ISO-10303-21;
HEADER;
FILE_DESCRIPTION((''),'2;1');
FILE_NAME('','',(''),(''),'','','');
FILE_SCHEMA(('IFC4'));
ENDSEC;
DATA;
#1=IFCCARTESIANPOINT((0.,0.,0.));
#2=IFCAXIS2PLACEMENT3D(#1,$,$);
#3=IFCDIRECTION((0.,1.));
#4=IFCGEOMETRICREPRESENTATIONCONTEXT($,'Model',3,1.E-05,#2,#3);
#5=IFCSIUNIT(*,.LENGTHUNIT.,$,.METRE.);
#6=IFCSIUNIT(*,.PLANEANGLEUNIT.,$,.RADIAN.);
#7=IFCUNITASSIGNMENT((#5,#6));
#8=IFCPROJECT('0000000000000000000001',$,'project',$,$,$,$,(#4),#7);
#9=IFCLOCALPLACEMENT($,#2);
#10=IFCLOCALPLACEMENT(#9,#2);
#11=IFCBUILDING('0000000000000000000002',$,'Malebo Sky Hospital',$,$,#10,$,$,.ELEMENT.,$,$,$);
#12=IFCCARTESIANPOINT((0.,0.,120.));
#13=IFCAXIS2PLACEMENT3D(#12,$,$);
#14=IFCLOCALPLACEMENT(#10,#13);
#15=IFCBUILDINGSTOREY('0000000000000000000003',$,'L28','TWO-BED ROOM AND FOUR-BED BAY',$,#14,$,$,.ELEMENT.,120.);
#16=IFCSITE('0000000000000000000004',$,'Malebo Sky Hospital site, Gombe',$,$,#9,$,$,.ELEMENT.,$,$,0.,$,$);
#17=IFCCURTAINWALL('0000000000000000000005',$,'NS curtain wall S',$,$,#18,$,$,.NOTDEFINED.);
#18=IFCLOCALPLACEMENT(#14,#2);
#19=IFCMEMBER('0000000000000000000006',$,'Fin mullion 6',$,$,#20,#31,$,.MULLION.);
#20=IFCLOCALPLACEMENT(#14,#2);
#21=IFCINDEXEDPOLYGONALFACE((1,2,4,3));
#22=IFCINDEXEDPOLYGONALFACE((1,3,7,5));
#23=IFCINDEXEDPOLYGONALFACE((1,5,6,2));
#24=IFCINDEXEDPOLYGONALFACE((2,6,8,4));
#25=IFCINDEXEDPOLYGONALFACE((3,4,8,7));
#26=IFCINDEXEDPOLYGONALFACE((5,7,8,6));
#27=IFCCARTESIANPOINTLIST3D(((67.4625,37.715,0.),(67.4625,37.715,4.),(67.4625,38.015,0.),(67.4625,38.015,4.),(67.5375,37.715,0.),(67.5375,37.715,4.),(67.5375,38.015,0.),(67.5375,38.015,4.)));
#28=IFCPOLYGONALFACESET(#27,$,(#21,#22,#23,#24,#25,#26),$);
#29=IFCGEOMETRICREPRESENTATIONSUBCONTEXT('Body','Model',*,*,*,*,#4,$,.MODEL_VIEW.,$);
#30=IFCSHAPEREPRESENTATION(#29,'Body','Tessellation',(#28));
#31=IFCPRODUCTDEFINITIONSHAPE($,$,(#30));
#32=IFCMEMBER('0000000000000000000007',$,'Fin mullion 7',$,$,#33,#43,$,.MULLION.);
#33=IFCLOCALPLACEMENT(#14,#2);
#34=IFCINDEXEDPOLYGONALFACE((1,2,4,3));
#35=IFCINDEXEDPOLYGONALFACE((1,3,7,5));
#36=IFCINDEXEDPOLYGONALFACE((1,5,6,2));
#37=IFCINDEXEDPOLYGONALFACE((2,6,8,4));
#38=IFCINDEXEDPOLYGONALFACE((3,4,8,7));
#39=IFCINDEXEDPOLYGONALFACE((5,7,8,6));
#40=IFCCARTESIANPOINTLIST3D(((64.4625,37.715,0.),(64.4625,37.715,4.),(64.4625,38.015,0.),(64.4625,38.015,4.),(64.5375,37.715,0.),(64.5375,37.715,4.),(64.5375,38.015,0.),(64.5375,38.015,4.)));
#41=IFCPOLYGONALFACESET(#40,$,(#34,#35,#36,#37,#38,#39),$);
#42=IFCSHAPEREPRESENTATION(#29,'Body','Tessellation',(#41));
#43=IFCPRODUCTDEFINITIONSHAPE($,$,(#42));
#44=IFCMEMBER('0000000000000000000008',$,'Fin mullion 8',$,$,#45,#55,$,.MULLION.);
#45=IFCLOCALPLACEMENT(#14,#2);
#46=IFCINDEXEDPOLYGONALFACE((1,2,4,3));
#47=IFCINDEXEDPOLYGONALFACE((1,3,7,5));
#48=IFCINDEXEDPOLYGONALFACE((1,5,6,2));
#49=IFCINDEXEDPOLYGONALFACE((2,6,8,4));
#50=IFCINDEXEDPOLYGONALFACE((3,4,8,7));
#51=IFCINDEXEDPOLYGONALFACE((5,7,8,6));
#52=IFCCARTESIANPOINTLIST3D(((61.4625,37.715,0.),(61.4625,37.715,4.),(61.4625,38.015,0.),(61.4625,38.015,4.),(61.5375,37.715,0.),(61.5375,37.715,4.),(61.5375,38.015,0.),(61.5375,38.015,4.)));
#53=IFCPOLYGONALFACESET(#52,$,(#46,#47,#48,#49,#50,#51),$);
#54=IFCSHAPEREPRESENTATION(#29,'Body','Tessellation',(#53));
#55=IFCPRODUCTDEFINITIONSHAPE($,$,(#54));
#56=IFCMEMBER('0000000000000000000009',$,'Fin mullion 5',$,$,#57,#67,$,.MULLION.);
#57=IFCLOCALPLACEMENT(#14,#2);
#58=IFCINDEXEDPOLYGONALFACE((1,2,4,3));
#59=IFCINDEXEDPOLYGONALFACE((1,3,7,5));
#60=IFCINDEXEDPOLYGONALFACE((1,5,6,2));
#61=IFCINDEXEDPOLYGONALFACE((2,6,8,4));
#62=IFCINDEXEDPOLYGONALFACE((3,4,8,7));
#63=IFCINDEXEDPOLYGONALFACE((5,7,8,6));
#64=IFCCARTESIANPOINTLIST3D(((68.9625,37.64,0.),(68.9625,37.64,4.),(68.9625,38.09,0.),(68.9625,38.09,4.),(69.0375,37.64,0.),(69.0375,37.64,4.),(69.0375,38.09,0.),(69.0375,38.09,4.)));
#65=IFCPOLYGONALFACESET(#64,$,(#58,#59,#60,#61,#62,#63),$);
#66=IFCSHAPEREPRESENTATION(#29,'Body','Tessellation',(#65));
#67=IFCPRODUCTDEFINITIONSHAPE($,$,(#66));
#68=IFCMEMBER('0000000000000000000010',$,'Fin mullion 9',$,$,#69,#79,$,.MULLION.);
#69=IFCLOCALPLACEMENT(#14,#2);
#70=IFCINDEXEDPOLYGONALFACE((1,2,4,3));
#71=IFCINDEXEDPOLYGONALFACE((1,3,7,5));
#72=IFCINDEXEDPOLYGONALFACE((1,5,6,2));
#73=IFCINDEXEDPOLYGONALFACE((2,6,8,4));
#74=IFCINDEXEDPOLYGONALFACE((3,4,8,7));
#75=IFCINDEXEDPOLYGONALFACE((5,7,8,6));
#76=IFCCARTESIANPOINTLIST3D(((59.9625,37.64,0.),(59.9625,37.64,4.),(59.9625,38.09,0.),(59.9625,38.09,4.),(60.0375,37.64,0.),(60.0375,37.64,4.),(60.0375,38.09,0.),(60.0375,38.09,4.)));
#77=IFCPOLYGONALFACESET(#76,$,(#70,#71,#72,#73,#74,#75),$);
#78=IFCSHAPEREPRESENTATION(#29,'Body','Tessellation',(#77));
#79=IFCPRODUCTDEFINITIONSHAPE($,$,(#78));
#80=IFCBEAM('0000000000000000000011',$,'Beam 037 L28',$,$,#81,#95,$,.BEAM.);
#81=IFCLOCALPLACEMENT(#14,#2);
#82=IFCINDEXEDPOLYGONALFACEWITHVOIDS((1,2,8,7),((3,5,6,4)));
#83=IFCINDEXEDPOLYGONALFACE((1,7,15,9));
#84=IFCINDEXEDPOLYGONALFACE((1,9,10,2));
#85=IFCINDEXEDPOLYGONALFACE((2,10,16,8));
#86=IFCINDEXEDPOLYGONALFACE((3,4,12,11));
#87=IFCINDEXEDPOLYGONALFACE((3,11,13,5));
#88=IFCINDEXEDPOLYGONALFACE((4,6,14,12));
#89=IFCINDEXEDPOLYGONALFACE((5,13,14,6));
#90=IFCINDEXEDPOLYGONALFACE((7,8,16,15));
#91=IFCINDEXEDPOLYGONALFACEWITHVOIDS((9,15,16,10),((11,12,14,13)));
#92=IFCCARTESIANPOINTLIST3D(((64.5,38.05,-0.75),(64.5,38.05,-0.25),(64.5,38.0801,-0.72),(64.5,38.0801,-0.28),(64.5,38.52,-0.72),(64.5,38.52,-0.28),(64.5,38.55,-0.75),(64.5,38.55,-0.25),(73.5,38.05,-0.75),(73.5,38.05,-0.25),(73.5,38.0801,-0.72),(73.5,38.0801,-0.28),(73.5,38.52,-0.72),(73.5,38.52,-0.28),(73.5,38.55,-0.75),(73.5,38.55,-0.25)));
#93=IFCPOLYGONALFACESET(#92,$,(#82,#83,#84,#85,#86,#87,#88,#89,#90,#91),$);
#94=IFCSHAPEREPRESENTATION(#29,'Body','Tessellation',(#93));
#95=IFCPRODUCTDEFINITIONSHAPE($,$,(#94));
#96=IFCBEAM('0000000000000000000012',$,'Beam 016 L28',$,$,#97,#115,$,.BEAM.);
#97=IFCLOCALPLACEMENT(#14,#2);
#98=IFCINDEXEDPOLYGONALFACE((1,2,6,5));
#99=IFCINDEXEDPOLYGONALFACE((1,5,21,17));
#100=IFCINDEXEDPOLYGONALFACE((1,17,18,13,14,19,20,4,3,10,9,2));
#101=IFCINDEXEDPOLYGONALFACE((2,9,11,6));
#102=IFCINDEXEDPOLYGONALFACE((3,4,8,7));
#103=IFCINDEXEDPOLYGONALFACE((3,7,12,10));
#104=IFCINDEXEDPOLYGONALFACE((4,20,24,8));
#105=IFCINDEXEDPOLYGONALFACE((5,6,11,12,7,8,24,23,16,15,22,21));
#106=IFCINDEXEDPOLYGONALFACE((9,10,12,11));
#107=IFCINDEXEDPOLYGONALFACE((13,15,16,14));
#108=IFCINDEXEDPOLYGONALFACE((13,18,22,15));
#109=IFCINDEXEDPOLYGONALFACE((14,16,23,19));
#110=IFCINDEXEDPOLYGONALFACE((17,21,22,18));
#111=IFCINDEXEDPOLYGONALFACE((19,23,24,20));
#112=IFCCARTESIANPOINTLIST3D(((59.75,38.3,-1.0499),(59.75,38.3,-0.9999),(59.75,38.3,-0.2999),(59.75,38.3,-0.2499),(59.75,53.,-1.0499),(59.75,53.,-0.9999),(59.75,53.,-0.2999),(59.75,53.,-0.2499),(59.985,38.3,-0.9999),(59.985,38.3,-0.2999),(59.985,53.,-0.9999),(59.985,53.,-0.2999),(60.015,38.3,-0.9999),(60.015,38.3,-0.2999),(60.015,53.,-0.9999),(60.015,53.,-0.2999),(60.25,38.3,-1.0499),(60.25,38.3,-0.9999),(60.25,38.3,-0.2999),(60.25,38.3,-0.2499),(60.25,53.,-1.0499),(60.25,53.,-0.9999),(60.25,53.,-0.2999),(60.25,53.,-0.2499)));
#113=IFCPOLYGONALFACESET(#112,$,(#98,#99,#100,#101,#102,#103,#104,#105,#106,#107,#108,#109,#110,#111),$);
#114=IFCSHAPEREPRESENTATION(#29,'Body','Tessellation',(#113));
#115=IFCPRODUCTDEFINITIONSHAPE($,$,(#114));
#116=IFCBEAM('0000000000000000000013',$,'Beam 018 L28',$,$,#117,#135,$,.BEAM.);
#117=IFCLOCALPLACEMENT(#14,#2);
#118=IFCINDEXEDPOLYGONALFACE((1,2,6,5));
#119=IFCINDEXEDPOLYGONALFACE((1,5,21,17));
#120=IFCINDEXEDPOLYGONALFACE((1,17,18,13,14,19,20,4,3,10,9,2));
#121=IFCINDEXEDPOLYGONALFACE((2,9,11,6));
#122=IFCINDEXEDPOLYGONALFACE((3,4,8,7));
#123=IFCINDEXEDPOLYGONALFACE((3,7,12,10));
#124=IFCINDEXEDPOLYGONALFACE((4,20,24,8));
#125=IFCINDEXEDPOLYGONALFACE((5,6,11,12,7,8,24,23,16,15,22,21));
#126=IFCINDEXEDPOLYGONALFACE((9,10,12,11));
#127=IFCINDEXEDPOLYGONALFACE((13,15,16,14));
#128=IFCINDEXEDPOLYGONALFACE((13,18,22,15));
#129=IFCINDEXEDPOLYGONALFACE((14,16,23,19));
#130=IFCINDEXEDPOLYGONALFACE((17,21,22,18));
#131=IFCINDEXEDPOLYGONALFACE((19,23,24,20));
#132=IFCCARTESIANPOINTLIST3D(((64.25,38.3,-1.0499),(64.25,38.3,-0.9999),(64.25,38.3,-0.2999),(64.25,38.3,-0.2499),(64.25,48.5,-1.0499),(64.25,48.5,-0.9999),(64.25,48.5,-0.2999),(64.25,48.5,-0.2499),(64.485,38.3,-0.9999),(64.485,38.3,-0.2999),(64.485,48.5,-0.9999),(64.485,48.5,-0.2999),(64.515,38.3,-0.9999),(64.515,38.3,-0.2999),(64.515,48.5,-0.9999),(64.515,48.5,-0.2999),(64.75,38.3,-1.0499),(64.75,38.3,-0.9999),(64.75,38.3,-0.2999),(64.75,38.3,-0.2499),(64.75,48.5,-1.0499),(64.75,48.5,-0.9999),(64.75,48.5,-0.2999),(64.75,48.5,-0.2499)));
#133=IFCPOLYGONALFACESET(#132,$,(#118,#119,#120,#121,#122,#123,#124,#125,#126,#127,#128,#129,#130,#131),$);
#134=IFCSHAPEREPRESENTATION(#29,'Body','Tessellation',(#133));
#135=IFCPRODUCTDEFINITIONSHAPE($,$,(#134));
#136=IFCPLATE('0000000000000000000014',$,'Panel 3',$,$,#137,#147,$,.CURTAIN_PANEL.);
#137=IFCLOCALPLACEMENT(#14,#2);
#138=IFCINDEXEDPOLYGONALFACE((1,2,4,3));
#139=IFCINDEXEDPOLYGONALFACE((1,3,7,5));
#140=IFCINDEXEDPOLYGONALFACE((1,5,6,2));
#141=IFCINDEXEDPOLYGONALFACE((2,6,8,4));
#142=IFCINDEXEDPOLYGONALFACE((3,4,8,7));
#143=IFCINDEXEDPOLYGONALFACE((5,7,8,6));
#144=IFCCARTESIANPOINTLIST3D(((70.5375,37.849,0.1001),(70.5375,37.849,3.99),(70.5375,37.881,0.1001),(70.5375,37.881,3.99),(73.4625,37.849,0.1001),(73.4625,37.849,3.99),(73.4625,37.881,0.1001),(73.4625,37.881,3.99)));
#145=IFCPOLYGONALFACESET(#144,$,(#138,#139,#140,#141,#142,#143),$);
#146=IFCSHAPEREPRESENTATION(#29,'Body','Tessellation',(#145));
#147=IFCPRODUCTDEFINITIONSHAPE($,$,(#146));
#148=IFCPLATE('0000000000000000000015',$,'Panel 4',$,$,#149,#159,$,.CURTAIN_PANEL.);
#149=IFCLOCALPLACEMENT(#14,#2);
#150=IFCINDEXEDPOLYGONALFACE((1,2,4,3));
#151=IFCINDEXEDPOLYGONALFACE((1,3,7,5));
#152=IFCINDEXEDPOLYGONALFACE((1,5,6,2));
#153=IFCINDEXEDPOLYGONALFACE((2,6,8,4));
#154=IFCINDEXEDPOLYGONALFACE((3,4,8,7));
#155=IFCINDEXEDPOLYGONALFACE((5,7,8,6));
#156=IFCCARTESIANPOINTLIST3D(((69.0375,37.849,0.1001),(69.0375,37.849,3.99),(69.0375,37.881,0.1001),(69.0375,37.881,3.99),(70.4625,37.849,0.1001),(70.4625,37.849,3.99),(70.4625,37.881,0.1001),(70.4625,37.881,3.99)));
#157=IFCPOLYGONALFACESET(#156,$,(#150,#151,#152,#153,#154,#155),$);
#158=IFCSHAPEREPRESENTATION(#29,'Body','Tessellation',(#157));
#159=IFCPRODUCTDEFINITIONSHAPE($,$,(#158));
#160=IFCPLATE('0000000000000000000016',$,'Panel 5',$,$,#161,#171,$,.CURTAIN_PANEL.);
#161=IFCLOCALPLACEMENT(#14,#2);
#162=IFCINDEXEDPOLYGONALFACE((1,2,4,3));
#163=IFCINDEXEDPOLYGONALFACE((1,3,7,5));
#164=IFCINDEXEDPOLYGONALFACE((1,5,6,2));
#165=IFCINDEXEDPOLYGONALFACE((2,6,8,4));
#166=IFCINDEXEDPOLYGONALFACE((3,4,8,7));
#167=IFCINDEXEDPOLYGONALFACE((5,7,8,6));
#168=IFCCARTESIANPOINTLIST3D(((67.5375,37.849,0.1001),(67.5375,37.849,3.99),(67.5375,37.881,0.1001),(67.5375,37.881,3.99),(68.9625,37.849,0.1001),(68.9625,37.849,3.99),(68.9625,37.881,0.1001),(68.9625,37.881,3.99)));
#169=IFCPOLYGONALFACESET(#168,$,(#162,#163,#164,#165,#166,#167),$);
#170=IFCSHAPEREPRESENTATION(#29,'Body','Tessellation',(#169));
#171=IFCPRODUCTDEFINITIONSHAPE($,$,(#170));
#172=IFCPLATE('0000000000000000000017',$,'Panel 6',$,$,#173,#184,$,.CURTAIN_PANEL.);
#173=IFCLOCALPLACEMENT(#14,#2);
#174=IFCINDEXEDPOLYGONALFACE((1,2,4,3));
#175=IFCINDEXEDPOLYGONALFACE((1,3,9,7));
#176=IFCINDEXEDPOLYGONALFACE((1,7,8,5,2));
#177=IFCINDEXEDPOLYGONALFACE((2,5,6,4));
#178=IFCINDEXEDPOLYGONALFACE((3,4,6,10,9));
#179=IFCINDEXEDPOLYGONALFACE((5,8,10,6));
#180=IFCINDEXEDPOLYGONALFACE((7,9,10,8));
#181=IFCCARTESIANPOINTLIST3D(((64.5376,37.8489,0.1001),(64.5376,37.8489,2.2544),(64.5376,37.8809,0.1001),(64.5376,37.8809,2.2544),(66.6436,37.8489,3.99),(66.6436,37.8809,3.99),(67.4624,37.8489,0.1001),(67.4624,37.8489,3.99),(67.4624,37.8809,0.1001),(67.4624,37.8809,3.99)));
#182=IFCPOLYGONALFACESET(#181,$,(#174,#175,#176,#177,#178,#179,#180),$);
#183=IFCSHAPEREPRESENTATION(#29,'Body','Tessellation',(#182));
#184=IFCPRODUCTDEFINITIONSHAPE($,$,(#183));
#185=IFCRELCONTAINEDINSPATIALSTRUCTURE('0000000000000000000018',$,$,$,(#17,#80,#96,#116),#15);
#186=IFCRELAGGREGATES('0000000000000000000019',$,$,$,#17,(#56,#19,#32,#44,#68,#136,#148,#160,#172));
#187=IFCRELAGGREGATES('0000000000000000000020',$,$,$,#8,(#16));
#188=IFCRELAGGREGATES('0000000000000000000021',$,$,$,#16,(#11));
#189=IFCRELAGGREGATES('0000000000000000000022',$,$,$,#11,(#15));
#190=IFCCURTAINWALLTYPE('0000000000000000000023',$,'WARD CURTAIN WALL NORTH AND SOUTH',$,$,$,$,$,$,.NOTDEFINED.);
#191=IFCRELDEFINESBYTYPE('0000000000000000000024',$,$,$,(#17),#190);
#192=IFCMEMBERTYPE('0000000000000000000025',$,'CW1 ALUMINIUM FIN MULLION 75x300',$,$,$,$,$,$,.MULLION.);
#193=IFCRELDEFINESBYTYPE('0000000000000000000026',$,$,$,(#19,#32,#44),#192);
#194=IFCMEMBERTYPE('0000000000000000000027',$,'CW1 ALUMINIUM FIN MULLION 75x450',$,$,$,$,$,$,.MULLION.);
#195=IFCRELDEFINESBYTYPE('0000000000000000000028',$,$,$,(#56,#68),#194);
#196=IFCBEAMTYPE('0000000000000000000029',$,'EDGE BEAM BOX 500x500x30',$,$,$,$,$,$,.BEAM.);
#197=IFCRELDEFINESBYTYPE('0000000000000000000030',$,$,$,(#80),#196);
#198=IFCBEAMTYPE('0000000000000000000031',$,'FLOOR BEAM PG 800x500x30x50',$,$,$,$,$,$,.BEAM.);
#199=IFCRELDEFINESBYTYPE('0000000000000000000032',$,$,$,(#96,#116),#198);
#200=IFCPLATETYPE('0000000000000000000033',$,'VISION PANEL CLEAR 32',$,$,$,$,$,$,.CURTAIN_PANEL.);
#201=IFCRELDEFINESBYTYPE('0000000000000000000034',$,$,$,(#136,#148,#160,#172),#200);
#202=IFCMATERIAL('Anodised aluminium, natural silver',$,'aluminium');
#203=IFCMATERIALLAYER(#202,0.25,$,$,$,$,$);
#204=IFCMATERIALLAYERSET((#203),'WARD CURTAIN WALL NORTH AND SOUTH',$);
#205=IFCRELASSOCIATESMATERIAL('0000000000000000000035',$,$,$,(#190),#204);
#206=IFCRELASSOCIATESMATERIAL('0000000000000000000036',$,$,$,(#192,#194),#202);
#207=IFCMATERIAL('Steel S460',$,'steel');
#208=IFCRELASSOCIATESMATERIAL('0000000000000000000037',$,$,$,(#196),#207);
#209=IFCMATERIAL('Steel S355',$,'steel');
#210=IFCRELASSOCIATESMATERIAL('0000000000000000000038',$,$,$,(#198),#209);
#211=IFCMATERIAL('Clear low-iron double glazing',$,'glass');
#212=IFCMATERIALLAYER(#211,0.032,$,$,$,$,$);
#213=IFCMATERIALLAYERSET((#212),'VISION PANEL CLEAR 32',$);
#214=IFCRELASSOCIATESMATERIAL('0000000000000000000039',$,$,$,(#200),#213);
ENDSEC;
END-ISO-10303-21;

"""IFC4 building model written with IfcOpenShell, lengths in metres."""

from ifc_helpers import new_model, si_unit, direction, frame, origin, origin_2d, place, context, subcontext, project, spatial, polyline, rectangle, hollow_rectangle, i_section, outline, extrude, material, layer, layer_set, material_profile, profile_set, type_object, element, aggregate, save


model = new_model("IFC4")

# Units and contexts
model_context = context("Model", 3, precision=1e-05, world=origin(), true_north=direction((0.0, 1.0)))
body_context = subcontext(model_context, "Body", "Model", "MODEL_VIEW")
ifc_project = project(units=[si_unit("LENGTHUNIT", "METRE"), si_unit("PLANEANGLEUNIT", "RADIAN")], contexts=[model_context])

# Site, building, storey
site_placement = place(None, origin())
site = spatial("IfcSite", under=ifc_project, at=site_placement, Name="Malebo Sky Hospital site, Gombe", CompositionType="ELEMENT", RefElevation=0.0)
building_placement = place(site_placement, origin())
building = spatial("IfcBuilding", under=site, at=building_placement, Name="Malebo Sky Hospital", CompositionType="ELEMENT")
storey_placement = place(building_placement, frame((0.0, 0.0, 120.0)))
storey = spatial("IfcBuildingStorey", under=building, at=storey_placement, Name="L28", Description="TWO-BED ROOM AND FOUR-BED BAY", CompositionType="ELEMENT", Elevation=120.0)

# Shared definitions
ifc_material_1 = material(Name="Steel S460", Category="steel")

# Curtain wall
ifc_material_2 = material(Name="Anodised aluminium, natural silver", Category="aluminium")
ifc_layer_1 = layer(ifc_material_2, 0.25)
ifc_layer_set_1 = layer_set([ifc_layer_1], Name="WARD CURTAIN WALL NORTH AND SOUTH")
curtain_wall_type = type_object("IfcCurtainWallType", Name="WARD CURTAIN WALL NORTH AND SOUTH", PredefinedType="NOTDEFINED", material=ifc_layer_set_1)
curtain_wall_placement = place(storey_placement, origin())
curtain_wall = element("IfcCurtainWall", 1, at=curtain_wall_placement, inside=storey, type_object=curtain_wall_type, Name="NS curtain wall S", PredefinedType="NOTDEFINED")

# Shared definitions
ifc_material_3 = material(Name="Steel S355", Category="steel")

# Members
ifc_material_profile_1 = material_profile(ifc_material_2, rectangle(XDim=0.075, YDim=0.3, at=origin_2d()), Name="CW1 ALUMINIUM FIN MULLION 75x300")
ifc_profile_set_1 = profile_set([ifc_material_profile_1], Name="Anodised aluminium, natural silver")
member_type_1 = type_object("IfcMemberType", Name="CW1 ALUMINIUM FIN MULLION 75x300", PredefinedType="MULLION", material=ifc_profile_set_1)
member_1_placement = place(storey_placement, frame((67.5, 37.865, 0.0), z_axis=(0.0, 0.0, 1.0), x_axis=(-1.0, 0.0, 0.0)))
member_1 = element("IfcMember", 2, at=member_1_placement, type_object=member_type_1, Name="Fin mullion 6", PredefinedType="MULLION", context=body_context, shape_type="SweptSolid", body=[
    extrude(rectangle(XDim=0.075, YDim=0.3, at=origin_2d()), origin(), (0.0, 0.0, 1.0), 4.0),
])
member_2_placement = place(storey_placement, frame((64.5, 37.865, 0.0), z_axis=(0.0, 0.0, 1.0), x_axis=(-1.0, 0.0, 0.0)))
member_2 = element("IfcMember", 3, at=member_2_placement, type_object=member_type_1, Name="Fin mullion 7", PredefinedType="MULLION", context=body_context, shape_type="SweptSolid", body=[
    extrude(rectangle(XDim=0.075, YDim=0.3, at=origin_2d()), origin(), (0.0, 0.0, 1.0), 4.0),
])
member_3_placement = place(storey_placement, frame((61.5, 37.865, 0.0), z_axis=(0.0, 0.0, 1.0), x_axis=(-1.0, 0.0, 0.0)))
member_3 = element("IfcMember", 4, at=member_3_placement, type_object=member_type_1, Name="Fin mullion 8", PredefinedType="MULLION", context=body_context, shape_type="SweptSolid", body=[
    extrude(rectangle(XDim=0.075, YDim=0.3, at=origin_2d()), origin(), (0.0, 0.0, 1.0), 4.0),
])
ifc_material_profile_2 = material_profile(ifc_material_2, rectangle(XDim=0.075, YDim=0.45, at=origin_2d()), Name="CW1 ALUMINIUM FIN MULLION 75x450")
ifc_profile_set_2 = profile_set([ifc_material_profile_2], Name="Anodised aluminium, natural silver")
member_type_2 = type_object("IfcMemberType", Name="CW1 ALUMINIUM FIN MULLION 75x450", PredefinedType="MULLION", material=ifc_profile_set_2)
member_4_placement = place(storey_placement, frame((69.0, 37.865, 0.0), z_axis=(0.0, 0.0, 1.0), x_axis=(-1.0, 0.0, 0.0)))
member_4 = element("IfcMember", 5, at=member_4_placement, type_object=member_type_2, Name="Fin mullion 5", PredefinedType="MULLION", context=body_context, shape_type="SweptSolid", body=[
    extrude(rectangle(XDim=0.075, YDim=0.45, at=origin_2d()), origin(), (0.0, 0.0, 1.0), 4.0),
])
member_5_placement = place(storey_placement, frame((60.0, 37.865, 0.0), z_axis=(0.0, 0.0, 1.0), x_axis=(-1.0, 0.0, 0.0)))
member_5 = element("IfcMember", 6, at=member_5_placement, type_object=member_type_2, Name="Fin mullion 9", PredefinedType="MULLION", context=body_context, shape_type="SweptSolid", body=[
    extrude(rectangle(XDim=0.075, YDim=0.45, at=origin_2d()), origin(), (0.0, 0.0, 1.0), 4.0),
])

# Beams
ifc_material_profile_3 = material_profile(ifc_material_1, hollow_rectangle(XDim=0.5, YDim=0.5, WallThickness=0.03, at=origin_2d()), Name="BOX 500x500x30")
ifc_profile_set_3 = profile_set([ifc_material_profile_3], Name="Steel S460")
beam_type_1 = type_object("IfcBeamType", Name="EDGE BEAM BOX 500x500x30", PredefinedType="BEAM", material=ifc_profile_set_3)
beam_1_placement = place(storey_placement, frame((64.5, 38.3, -0.5), z_axis=(1.0, 0.0, 0.0), x_axis=(0.0, 1.0, 0.0)))
element("IfcBeam", 7, at=beam_1_placement, inside=storey, type_object=beam_type_1, Name="Beam 037 L28", PredefinedType="BEAM", context=body_context, shape_type="SweptSolid", body=[
    extrude(hollow_rectangle(XDim=0.5, YDim=0.5, WallThickness=0.03, at=origin_2d()), origin(), (0.0, 0.0, 1.0), 9.0),
])
ifc_material_profile_4 = material_profile(ifc_material_3, i_section(OverallWidth=0.5, OverallDepth=0.8, WebThickness=0.03, FlangeThickness=0.05, at=origin_2d()), Name="PG 800x500x30x50")
ifc_profile_set_4 = profile_set([ifc_material_profile_4], Name="Steel S355")
beam_type_2 = type_object("IfcBeamType", Name="FLOOR BEAM PG 800x500x30x50", PredefinedType="BEAM", material=ifc_profile_set_4)
beam_2_placement = place(storey_placement, frame((60.0, 38.3, -0.6499), z_axis=(0.0, 1.0, 0.0), x_axis=(-1.0, 0.0, 0.0)))
element("IfcBeam", 8, at=beam_2_placement, inside=storey, type_object=beam_type_2, Name="Beam 016 L28", PredefinedType="BEAM", context=body_context, shape_type="SweptSolid", body=[
    extrude(i_section(OverallWidth=0.5, OverallDepth=0.8, WebThickness=0.03, FlangeThickness=0.05, at=origin_2d()), origin(), (0.0, 0.0, 1.0), 14.7),
])
beam_3_placement = place(storey_placement, frame((64.5, 38.3, -0.6499), z_axis=(0.0, 1.0, 0.0), x_axis=(-1.0, 0.0, 0.0)))
element("IfcBeam", 9, at=beam_3_placement, inside=storey, type_object=beam_type_2, Name="Beam 018 L28", PredefinedType="BEAM", context=body_context, shape_type="SweptSolid", body=[
    extrude(i_section(OverallWidth=0.5, OverallDepth=0.8, WebThickness=0.03, FlangeThickness=0.05, at=origin_2d()), origin(), (0.0, 0.0, 1.0), 10.2),
])

# Plates
ifc_material_4 = material(Name="Clear low-iron double glazing", Category="glass")
ifc_layer_2 = layer(ifc_material_4, 0.032)
ifc_layer_set_2 = layer_set([ifc_layer_2], Name="VISION PANEL CLEAR 32")
plate_type = type_object("IfcPlateType", Name="VISION PANEL CLEAR 32", PredefinedType="CURTAIN_PANEL", material=ifc_layer_set_2)
plate_1_placement = place(storey_placement, frame((72.0, 37.865, 0.1001), z_axis=(0.0, 0.0, 1.0), x_axis=(-1.0, 0.0, 0.0)))
plate_1 = element("IfcPlate", 10, at=plate_1_placement, type_object=plate_type, Name="Panel 3", PredefinedType="CURTAIN_PANEL", context=body_context, shape_type="SweptSolid", body=[
    extrude(rectangle(XDim=2.925, YDim=0.032, at=origin_2d()), origin(), (0.0, 0.0, 1.0), 3.8899),
])
plate_2_placement = place(storey_placement, frame((69.75, 37.865, 0.1001), z_axis=(0.0, 0.0, 1.0), x_axis=(-1.0, 0.0, 0.0)))
plate_2 = element("IfcPlate", 11, at=plate_2_placement, type_object=plate_type, Name="Panel 4", PredefinedType="CURTAIN_PANEL", context=body_context, shape_type="SweptSolid", body=[
    extrude(rectangle(XDim=1.425, YDim=0.032, at=origin_2d()), origin(), (0.0, 0.0, 1.0), 3.8899),
])
plate_3_placement = place(storey_placement, frame((68.25, 37.865, 0.1001), z_axis=(0.0, 0.0, 1.0), x_axis=(-1.0, 0.0, 0.0)))
plate_3 = element("IfcPlate", 12, at=plate_3_placement, type_object=plate_type, Name="Panel 5", PredefinedType="CURTAIN_PANEL", context=body_context, shape_type="SweptSolid", body=[
    extrude(rectangle(XDim=1.425, YDim=0.032, at=origin_2d()), origin(), (0.0, 0.0, 1.0), 3.8899),
])
plate_4_placement = place(storey_placement, frame((66.0, 37.865, 0.1001), z_axis=(0.0, 0.0, 1.0), x_axis=(-1.0, 0.0, 0.0)))
plate_4 = element("IfcPlate", 13, at=plate_4_placement, type_object=plate_type, Name="Panel 6", PredefinedType="CURTAIN_PANEL", context=body_context, shape_type="SweptSolid", body=[
    extrude(outline(polyline([(-1.4624, 0.0), (1.4624, 0.0), (1.4624, 2.1543), (-0.6436, 3.8899), (-1.4624, 3.8899), (-1.4624, 0.0)])), frame((0.0, 0.0161, 0.0), z_axis=(0.0, -1.0, 0.0), x_axis=(1.0, 0.0, 0.0)), (0.0, 0.0, 1.0), 0.032),
])
aggregate(curtain_wall, [member_4, member_1, member_2, member_3, member_5, plate_1, plate_2, plate_3, plate_4])

save(model, "model.ifc")
